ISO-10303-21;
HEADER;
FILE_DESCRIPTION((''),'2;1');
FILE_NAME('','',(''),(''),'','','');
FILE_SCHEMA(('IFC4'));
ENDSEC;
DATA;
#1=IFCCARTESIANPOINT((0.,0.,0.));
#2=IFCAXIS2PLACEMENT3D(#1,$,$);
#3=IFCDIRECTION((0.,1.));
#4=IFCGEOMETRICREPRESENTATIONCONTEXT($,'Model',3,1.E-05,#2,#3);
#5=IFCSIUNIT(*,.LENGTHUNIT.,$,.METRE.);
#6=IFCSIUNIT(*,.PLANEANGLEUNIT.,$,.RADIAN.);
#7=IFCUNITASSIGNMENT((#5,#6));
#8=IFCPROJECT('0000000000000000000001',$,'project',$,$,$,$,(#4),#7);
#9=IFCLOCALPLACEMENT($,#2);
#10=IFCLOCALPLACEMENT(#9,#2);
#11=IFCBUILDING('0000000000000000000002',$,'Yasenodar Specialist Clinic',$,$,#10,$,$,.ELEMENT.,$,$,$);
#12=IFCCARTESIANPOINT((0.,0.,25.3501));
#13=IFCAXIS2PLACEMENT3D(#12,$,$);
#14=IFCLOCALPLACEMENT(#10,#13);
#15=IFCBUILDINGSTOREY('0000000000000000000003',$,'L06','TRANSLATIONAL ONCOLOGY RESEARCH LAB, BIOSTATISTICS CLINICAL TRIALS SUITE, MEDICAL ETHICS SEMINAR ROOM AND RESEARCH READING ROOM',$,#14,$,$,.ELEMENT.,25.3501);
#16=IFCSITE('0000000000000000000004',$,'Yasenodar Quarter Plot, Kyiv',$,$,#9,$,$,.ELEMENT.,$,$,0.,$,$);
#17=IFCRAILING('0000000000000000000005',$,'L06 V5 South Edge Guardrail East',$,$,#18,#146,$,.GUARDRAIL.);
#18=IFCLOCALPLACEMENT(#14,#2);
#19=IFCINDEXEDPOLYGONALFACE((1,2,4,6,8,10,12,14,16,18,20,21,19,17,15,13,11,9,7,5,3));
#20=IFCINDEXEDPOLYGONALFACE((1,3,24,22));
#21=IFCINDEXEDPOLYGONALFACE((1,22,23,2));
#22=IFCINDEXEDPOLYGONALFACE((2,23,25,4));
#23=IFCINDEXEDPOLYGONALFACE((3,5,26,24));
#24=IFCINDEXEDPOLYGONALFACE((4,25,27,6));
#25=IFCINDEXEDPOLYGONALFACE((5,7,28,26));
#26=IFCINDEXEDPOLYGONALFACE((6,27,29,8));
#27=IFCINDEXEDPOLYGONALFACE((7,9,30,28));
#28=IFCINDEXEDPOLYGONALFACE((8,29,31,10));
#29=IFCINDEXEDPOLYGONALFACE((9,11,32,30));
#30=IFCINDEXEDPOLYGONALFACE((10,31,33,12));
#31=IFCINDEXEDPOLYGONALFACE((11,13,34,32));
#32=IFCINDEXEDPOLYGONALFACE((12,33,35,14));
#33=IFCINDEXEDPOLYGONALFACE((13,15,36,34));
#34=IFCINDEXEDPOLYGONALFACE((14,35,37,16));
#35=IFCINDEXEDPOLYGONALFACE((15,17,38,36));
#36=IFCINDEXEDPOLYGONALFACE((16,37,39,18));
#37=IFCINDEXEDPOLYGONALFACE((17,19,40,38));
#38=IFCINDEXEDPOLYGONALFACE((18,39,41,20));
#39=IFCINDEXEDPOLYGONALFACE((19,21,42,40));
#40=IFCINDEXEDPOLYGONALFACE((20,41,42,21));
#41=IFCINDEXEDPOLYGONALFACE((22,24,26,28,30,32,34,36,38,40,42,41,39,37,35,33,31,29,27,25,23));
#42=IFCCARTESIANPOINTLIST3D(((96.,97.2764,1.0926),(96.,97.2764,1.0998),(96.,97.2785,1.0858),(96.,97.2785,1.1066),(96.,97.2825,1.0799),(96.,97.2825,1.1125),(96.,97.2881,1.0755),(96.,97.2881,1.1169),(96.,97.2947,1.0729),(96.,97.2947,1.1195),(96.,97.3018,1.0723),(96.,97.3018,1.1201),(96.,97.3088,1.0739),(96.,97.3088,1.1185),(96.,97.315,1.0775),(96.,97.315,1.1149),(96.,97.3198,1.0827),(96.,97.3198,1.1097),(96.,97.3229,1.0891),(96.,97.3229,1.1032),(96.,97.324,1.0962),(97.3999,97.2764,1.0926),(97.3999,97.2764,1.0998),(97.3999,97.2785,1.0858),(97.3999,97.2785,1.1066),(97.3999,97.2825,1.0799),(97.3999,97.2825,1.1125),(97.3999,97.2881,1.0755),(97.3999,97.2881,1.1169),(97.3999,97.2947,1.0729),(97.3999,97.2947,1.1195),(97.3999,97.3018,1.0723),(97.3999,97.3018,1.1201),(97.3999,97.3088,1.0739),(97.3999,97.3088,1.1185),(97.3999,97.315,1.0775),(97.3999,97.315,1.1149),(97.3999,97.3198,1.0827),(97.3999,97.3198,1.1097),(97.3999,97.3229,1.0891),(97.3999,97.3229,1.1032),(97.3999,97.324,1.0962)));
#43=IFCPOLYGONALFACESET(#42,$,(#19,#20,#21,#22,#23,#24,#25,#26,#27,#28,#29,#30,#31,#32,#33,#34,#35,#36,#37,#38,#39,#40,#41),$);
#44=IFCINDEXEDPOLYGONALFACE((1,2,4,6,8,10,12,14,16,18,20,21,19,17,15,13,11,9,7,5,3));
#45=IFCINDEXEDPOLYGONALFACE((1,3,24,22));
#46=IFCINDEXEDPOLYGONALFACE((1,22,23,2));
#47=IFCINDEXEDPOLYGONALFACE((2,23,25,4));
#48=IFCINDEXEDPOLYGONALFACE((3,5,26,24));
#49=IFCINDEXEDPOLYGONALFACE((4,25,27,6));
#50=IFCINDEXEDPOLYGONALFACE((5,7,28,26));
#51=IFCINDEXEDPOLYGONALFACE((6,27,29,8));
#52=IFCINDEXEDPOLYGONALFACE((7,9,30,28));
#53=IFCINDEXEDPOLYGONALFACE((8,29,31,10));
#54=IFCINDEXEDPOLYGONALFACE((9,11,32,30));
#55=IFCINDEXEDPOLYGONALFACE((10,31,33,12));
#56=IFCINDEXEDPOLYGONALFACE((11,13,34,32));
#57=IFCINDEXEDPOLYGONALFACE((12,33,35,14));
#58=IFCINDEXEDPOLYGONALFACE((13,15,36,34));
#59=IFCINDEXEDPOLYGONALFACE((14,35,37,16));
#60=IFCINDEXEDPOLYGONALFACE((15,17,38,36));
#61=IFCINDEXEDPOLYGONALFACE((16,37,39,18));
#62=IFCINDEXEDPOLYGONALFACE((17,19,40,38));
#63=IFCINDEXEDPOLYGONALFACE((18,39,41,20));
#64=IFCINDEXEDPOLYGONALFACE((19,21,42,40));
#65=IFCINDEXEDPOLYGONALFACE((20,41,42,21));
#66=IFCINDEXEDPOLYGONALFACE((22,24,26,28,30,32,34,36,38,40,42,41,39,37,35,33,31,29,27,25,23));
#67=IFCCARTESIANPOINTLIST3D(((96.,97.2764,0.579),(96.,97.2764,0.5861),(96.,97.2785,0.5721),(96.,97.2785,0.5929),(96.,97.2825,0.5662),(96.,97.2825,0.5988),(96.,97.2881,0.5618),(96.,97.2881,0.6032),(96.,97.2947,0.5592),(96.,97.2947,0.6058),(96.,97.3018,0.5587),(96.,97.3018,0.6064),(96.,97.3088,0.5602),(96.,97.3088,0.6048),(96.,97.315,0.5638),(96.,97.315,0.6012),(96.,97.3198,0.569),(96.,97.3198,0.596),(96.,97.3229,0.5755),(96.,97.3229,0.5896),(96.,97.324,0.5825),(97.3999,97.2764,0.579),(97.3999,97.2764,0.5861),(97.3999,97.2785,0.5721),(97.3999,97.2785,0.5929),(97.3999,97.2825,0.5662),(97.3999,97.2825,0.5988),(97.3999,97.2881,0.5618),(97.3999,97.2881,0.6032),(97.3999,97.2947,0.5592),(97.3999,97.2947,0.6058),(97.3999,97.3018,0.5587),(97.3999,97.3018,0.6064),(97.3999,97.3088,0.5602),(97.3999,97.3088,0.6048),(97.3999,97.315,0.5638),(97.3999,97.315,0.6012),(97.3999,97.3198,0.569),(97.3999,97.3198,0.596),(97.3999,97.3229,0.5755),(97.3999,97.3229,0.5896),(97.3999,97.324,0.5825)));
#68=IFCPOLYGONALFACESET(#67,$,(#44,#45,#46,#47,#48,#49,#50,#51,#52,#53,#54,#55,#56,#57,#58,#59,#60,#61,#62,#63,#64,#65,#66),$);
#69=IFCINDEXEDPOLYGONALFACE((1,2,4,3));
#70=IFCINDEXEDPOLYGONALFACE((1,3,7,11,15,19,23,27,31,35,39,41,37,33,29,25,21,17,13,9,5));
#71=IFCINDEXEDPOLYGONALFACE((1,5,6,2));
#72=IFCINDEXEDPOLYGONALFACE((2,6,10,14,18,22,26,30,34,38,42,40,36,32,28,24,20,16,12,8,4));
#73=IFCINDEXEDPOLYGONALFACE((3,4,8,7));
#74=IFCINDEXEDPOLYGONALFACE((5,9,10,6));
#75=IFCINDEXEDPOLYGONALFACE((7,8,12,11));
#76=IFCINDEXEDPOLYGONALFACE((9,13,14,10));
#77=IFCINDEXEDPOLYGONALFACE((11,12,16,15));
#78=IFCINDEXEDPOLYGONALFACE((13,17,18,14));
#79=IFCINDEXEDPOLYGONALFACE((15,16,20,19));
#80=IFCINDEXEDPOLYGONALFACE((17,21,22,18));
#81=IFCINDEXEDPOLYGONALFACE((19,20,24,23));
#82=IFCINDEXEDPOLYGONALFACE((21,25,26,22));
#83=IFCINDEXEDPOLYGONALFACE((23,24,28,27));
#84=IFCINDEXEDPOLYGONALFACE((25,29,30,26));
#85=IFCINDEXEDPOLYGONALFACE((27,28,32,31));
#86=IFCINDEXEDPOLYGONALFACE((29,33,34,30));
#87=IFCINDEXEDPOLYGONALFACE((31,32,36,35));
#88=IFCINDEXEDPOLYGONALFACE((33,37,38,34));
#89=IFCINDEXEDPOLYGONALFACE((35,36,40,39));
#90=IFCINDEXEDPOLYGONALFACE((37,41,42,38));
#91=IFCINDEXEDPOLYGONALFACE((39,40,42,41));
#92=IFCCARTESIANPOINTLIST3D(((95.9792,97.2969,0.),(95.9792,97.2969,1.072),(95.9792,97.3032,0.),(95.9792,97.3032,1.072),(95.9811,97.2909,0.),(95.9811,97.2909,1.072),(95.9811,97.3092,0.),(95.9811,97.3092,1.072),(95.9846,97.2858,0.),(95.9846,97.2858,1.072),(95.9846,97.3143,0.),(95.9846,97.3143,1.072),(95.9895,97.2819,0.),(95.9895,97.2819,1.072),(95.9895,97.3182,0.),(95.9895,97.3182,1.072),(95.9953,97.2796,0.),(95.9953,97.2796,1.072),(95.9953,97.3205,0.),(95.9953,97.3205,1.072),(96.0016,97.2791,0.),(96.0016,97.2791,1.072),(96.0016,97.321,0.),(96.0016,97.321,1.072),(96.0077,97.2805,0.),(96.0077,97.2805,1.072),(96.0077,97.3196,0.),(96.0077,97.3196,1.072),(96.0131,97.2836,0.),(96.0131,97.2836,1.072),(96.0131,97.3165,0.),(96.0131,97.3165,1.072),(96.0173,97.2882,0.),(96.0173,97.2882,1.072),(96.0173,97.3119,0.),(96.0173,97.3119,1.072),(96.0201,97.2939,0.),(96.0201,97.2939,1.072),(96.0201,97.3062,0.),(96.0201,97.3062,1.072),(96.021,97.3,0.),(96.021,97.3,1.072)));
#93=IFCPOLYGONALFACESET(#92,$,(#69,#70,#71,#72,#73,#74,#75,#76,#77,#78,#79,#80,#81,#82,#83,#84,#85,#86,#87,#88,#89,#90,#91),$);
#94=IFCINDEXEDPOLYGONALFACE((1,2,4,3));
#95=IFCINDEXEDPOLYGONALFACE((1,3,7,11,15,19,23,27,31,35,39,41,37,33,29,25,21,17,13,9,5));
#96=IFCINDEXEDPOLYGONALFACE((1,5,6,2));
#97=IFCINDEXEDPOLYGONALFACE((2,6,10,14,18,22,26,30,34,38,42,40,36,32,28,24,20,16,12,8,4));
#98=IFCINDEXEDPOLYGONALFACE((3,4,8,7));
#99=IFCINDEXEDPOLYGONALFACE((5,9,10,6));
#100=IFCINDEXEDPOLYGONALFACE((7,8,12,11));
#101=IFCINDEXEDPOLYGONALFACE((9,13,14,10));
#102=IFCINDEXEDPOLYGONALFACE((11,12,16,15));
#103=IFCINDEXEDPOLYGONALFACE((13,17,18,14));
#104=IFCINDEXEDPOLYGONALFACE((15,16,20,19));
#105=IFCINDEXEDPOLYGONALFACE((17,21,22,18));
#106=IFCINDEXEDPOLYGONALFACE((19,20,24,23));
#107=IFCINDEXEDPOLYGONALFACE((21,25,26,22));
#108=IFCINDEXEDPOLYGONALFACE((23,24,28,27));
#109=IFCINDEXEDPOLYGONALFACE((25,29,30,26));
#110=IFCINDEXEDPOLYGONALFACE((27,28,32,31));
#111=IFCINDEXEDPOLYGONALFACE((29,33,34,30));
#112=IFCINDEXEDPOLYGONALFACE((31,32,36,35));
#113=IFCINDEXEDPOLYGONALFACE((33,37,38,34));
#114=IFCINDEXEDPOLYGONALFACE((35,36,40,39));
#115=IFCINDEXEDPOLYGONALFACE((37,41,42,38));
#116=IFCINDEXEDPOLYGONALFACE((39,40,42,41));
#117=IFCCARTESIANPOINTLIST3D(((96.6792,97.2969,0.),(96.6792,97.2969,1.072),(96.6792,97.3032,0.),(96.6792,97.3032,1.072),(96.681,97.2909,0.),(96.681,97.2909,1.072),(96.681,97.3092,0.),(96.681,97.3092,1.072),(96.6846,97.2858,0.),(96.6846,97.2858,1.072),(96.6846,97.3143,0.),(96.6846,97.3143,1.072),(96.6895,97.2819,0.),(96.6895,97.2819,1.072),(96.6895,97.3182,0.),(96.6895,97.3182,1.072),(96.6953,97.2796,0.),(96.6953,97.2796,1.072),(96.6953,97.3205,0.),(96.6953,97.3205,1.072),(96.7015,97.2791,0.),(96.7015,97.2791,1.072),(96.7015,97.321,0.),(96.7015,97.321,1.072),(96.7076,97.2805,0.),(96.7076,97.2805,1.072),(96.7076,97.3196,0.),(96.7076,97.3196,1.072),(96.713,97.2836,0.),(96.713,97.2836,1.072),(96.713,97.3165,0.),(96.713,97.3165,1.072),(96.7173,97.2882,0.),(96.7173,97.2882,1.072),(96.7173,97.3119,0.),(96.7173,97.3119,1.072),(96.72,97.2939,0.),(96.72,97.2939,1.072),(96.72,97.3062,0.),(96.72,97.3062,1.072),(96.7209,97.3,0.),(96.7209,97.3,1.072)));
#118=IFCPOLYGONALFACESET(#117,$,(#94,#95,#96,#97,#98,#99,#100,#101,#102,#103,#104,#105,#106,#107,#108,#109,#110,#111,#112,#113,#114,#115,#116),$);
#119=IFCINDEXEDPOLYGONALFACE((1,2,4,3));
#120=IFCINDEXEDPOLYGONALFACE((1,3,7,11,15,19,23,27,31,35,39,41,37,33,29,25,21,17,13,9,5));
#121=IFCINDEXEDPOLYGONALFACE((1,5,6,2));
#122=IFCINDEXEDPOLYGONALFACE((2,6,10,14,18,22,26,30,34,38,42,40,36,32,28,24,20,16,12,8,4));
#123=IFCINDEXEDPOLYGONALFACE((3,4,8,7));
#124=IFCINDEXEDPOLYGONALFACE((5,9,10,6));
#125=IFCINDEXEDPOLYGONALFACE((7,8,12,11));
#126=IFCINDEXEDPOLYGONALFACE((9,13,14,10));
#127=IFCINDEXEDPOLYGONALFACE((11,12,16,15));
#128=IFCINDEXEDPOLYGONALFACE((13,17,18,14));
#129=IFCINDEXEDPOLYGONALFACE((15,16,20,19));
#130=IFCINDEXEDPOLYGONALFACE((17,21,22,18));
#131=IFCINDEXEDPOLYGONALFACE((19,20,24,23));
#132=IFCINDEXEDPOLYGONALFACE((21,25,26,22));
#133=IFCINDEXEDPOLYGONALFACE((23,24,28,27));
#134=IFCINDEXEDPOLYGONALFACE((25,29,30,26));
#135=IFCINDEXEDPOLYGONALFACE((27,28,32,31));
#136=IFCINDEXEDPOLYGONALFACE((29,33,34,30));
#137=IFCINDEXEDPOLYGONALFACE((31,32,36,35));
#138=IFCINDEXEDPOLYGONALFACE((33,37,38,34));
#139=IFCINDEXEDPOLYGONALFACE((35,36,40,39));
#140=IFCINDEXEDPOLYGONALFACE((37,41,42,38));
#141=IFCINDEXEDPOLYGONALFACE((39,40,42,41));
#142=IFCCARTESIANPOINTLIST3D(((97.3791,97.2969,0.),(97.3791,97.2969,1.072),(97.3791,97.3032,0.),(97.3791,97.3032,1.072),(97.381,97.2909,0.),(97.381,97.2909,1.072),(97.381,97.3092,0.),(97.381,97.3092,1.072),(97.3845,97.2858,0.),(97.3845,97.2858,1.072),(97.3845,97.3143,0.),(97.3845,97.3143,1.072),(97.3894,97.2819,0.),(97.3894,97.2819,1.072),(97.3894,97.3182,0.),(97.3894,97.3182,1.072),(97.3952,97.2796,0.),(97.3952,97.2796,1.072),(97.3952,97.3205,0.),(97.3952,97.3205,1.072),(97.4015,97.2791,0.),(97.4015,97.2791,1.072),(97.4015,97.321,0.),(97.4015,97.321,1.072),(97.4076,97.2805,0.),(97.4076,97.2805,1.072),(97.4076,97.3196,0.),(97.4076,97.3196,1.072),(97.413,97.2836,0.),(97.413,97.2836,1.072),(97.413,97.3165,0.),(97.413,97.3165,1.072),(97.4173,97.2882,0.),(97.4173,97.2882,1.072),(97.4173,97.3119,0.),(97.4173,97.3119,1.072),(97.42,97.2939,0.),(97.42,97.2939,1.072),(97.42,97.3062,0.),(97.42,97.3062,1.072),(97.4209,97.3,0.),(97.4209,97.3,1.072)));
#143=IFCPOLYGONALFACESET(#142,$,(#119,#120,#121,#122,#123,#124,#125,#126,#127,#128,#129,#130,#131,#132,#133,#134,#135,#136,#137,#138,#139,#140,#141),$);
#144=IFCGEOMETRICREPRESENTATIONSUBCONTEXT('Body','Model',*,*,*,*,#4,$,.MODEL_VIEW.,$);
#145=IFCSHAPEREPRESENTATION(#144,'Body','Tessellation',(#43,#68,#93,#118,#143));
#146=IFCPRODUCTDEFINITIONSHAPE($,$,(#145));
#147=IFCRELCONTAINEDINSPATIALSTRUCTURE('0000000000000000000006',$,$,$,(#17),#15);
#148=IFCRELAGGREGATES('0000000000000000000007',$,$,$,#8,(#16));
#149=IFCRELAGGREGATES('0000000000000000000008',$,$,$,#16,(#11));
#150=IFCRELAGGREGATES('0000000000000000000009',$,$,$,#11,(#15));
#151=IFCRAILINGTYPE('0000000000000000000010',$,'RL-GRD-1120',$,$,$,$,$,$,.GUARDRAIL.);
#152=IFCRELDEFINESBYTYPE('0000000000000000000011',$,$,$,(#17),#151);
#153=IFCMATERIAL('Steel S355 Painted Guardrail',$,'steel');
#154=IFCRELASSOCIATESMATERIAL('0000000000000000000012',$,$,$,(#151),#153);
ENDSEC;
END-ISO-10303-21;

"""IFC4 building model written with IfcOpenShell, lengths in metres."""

from ifc_helpers import new_model, si_unit, direction, frame, origin, origin_2d, place, context, subcontext, project, spatial, circle, extrude, material, type_object, element, save


model = new_model("IFC4")

# Units and contexts
model_context = context("Model", 3, precision=1e-05, world=origin(), true_north=direction((0.0, 1.0)))
body_context = subcontext(model_context, "Body", "Model", "MODEL_VIEW")
ifc_project = project(units=[si_unit("LENGTHUNIT", "METRE"), si_unit("PLANEANGLEUNIT", "RADIAN")], contexts=[model_context])

# Site, building, storey
site_placement = place(None, origin())
site = spatial("IfcSite", under=ifc_project, at=site_placement, Name="Yasenodar Quarter Plot, Kyiv", CompositionType="ELEMENT", RefElevation=0.0)
building_placement = place(site_placement, origin())
building = spatial("IfcBuilding", under=site, at=building_placement, Name="Yasenodar Specialist Clinic", CompositionType="ELEMENT")
storey_placement = place(building_placement, frame((0.0, 0.0, 25.3501)))
storey = spatial("IfcBuildingStorey", under=building, at=storey_placement, Name="L06", Description="TRANSLATIONAL ONCOLOGY RESEARCH LAB, BIOSTATISTICS CLINICAL TRIALS SUITE, MEDICAL ETHICS SEMINAR ROOM AND RESEARCH READING ROOM", CompositionType="ELEMENT", Elevation=25.3501)

# Railing
ifc_material_1 = material(Name="Steel S355 Painted Guardrail", Category="steel")
railing_type = type_object("IfcRailingType", Name="RL-GRD-1120", PredefinedType="GUARDRAIL", material=ifc_material_1)
railing_1_placement = place(storey_placement, frame((96.0, 97.3, 0.0)))
element("IfcRailing", 1, at=railing_1_placement, inside=storey, type_object=railing_type, Name="L06 V5 South Edge Guardrail East", PredefinedType="GUARDRAIL", context=body_context, shape_type="SweptSolid", body=[
    extrude(circle(Radius=0.0239, at=origin_2d()), frame((0.0, 0.0, 1.0962), z_axis=(1.0, 0.0, 0.0), x_axis=(0.0, 1.0, 0.0)), (0.0, 0.0, 1.0), 1.3999),
    extrude(circle(Radius=0.0239, at=origin_2d()), frame((0.0, 0.0, 0.5825), z_axis=(1.0, 0.0, 0.0), x_axis=(0.0, 1.0, 0.0)), (0.0, 0.0, 1.0), 1.3999),
    extrude(circle(Radius=0.021, at=origin_2d()), origin(), (0.0, 0.0, 1.0), 1.072),
    extrude(circle(Radius=0.021, at=origin_2d()), frame((0.7, 0.0, 0.0)), (0.0, 0.0, 1.0), 1.072),
    extrude(circle(Radius=0.021, at=origin_2d()), frame((1.3999, 0.0, 0.0)), (0.0, 0.0, 1.0), 1.072),
])

save(model, "model.ifc")
